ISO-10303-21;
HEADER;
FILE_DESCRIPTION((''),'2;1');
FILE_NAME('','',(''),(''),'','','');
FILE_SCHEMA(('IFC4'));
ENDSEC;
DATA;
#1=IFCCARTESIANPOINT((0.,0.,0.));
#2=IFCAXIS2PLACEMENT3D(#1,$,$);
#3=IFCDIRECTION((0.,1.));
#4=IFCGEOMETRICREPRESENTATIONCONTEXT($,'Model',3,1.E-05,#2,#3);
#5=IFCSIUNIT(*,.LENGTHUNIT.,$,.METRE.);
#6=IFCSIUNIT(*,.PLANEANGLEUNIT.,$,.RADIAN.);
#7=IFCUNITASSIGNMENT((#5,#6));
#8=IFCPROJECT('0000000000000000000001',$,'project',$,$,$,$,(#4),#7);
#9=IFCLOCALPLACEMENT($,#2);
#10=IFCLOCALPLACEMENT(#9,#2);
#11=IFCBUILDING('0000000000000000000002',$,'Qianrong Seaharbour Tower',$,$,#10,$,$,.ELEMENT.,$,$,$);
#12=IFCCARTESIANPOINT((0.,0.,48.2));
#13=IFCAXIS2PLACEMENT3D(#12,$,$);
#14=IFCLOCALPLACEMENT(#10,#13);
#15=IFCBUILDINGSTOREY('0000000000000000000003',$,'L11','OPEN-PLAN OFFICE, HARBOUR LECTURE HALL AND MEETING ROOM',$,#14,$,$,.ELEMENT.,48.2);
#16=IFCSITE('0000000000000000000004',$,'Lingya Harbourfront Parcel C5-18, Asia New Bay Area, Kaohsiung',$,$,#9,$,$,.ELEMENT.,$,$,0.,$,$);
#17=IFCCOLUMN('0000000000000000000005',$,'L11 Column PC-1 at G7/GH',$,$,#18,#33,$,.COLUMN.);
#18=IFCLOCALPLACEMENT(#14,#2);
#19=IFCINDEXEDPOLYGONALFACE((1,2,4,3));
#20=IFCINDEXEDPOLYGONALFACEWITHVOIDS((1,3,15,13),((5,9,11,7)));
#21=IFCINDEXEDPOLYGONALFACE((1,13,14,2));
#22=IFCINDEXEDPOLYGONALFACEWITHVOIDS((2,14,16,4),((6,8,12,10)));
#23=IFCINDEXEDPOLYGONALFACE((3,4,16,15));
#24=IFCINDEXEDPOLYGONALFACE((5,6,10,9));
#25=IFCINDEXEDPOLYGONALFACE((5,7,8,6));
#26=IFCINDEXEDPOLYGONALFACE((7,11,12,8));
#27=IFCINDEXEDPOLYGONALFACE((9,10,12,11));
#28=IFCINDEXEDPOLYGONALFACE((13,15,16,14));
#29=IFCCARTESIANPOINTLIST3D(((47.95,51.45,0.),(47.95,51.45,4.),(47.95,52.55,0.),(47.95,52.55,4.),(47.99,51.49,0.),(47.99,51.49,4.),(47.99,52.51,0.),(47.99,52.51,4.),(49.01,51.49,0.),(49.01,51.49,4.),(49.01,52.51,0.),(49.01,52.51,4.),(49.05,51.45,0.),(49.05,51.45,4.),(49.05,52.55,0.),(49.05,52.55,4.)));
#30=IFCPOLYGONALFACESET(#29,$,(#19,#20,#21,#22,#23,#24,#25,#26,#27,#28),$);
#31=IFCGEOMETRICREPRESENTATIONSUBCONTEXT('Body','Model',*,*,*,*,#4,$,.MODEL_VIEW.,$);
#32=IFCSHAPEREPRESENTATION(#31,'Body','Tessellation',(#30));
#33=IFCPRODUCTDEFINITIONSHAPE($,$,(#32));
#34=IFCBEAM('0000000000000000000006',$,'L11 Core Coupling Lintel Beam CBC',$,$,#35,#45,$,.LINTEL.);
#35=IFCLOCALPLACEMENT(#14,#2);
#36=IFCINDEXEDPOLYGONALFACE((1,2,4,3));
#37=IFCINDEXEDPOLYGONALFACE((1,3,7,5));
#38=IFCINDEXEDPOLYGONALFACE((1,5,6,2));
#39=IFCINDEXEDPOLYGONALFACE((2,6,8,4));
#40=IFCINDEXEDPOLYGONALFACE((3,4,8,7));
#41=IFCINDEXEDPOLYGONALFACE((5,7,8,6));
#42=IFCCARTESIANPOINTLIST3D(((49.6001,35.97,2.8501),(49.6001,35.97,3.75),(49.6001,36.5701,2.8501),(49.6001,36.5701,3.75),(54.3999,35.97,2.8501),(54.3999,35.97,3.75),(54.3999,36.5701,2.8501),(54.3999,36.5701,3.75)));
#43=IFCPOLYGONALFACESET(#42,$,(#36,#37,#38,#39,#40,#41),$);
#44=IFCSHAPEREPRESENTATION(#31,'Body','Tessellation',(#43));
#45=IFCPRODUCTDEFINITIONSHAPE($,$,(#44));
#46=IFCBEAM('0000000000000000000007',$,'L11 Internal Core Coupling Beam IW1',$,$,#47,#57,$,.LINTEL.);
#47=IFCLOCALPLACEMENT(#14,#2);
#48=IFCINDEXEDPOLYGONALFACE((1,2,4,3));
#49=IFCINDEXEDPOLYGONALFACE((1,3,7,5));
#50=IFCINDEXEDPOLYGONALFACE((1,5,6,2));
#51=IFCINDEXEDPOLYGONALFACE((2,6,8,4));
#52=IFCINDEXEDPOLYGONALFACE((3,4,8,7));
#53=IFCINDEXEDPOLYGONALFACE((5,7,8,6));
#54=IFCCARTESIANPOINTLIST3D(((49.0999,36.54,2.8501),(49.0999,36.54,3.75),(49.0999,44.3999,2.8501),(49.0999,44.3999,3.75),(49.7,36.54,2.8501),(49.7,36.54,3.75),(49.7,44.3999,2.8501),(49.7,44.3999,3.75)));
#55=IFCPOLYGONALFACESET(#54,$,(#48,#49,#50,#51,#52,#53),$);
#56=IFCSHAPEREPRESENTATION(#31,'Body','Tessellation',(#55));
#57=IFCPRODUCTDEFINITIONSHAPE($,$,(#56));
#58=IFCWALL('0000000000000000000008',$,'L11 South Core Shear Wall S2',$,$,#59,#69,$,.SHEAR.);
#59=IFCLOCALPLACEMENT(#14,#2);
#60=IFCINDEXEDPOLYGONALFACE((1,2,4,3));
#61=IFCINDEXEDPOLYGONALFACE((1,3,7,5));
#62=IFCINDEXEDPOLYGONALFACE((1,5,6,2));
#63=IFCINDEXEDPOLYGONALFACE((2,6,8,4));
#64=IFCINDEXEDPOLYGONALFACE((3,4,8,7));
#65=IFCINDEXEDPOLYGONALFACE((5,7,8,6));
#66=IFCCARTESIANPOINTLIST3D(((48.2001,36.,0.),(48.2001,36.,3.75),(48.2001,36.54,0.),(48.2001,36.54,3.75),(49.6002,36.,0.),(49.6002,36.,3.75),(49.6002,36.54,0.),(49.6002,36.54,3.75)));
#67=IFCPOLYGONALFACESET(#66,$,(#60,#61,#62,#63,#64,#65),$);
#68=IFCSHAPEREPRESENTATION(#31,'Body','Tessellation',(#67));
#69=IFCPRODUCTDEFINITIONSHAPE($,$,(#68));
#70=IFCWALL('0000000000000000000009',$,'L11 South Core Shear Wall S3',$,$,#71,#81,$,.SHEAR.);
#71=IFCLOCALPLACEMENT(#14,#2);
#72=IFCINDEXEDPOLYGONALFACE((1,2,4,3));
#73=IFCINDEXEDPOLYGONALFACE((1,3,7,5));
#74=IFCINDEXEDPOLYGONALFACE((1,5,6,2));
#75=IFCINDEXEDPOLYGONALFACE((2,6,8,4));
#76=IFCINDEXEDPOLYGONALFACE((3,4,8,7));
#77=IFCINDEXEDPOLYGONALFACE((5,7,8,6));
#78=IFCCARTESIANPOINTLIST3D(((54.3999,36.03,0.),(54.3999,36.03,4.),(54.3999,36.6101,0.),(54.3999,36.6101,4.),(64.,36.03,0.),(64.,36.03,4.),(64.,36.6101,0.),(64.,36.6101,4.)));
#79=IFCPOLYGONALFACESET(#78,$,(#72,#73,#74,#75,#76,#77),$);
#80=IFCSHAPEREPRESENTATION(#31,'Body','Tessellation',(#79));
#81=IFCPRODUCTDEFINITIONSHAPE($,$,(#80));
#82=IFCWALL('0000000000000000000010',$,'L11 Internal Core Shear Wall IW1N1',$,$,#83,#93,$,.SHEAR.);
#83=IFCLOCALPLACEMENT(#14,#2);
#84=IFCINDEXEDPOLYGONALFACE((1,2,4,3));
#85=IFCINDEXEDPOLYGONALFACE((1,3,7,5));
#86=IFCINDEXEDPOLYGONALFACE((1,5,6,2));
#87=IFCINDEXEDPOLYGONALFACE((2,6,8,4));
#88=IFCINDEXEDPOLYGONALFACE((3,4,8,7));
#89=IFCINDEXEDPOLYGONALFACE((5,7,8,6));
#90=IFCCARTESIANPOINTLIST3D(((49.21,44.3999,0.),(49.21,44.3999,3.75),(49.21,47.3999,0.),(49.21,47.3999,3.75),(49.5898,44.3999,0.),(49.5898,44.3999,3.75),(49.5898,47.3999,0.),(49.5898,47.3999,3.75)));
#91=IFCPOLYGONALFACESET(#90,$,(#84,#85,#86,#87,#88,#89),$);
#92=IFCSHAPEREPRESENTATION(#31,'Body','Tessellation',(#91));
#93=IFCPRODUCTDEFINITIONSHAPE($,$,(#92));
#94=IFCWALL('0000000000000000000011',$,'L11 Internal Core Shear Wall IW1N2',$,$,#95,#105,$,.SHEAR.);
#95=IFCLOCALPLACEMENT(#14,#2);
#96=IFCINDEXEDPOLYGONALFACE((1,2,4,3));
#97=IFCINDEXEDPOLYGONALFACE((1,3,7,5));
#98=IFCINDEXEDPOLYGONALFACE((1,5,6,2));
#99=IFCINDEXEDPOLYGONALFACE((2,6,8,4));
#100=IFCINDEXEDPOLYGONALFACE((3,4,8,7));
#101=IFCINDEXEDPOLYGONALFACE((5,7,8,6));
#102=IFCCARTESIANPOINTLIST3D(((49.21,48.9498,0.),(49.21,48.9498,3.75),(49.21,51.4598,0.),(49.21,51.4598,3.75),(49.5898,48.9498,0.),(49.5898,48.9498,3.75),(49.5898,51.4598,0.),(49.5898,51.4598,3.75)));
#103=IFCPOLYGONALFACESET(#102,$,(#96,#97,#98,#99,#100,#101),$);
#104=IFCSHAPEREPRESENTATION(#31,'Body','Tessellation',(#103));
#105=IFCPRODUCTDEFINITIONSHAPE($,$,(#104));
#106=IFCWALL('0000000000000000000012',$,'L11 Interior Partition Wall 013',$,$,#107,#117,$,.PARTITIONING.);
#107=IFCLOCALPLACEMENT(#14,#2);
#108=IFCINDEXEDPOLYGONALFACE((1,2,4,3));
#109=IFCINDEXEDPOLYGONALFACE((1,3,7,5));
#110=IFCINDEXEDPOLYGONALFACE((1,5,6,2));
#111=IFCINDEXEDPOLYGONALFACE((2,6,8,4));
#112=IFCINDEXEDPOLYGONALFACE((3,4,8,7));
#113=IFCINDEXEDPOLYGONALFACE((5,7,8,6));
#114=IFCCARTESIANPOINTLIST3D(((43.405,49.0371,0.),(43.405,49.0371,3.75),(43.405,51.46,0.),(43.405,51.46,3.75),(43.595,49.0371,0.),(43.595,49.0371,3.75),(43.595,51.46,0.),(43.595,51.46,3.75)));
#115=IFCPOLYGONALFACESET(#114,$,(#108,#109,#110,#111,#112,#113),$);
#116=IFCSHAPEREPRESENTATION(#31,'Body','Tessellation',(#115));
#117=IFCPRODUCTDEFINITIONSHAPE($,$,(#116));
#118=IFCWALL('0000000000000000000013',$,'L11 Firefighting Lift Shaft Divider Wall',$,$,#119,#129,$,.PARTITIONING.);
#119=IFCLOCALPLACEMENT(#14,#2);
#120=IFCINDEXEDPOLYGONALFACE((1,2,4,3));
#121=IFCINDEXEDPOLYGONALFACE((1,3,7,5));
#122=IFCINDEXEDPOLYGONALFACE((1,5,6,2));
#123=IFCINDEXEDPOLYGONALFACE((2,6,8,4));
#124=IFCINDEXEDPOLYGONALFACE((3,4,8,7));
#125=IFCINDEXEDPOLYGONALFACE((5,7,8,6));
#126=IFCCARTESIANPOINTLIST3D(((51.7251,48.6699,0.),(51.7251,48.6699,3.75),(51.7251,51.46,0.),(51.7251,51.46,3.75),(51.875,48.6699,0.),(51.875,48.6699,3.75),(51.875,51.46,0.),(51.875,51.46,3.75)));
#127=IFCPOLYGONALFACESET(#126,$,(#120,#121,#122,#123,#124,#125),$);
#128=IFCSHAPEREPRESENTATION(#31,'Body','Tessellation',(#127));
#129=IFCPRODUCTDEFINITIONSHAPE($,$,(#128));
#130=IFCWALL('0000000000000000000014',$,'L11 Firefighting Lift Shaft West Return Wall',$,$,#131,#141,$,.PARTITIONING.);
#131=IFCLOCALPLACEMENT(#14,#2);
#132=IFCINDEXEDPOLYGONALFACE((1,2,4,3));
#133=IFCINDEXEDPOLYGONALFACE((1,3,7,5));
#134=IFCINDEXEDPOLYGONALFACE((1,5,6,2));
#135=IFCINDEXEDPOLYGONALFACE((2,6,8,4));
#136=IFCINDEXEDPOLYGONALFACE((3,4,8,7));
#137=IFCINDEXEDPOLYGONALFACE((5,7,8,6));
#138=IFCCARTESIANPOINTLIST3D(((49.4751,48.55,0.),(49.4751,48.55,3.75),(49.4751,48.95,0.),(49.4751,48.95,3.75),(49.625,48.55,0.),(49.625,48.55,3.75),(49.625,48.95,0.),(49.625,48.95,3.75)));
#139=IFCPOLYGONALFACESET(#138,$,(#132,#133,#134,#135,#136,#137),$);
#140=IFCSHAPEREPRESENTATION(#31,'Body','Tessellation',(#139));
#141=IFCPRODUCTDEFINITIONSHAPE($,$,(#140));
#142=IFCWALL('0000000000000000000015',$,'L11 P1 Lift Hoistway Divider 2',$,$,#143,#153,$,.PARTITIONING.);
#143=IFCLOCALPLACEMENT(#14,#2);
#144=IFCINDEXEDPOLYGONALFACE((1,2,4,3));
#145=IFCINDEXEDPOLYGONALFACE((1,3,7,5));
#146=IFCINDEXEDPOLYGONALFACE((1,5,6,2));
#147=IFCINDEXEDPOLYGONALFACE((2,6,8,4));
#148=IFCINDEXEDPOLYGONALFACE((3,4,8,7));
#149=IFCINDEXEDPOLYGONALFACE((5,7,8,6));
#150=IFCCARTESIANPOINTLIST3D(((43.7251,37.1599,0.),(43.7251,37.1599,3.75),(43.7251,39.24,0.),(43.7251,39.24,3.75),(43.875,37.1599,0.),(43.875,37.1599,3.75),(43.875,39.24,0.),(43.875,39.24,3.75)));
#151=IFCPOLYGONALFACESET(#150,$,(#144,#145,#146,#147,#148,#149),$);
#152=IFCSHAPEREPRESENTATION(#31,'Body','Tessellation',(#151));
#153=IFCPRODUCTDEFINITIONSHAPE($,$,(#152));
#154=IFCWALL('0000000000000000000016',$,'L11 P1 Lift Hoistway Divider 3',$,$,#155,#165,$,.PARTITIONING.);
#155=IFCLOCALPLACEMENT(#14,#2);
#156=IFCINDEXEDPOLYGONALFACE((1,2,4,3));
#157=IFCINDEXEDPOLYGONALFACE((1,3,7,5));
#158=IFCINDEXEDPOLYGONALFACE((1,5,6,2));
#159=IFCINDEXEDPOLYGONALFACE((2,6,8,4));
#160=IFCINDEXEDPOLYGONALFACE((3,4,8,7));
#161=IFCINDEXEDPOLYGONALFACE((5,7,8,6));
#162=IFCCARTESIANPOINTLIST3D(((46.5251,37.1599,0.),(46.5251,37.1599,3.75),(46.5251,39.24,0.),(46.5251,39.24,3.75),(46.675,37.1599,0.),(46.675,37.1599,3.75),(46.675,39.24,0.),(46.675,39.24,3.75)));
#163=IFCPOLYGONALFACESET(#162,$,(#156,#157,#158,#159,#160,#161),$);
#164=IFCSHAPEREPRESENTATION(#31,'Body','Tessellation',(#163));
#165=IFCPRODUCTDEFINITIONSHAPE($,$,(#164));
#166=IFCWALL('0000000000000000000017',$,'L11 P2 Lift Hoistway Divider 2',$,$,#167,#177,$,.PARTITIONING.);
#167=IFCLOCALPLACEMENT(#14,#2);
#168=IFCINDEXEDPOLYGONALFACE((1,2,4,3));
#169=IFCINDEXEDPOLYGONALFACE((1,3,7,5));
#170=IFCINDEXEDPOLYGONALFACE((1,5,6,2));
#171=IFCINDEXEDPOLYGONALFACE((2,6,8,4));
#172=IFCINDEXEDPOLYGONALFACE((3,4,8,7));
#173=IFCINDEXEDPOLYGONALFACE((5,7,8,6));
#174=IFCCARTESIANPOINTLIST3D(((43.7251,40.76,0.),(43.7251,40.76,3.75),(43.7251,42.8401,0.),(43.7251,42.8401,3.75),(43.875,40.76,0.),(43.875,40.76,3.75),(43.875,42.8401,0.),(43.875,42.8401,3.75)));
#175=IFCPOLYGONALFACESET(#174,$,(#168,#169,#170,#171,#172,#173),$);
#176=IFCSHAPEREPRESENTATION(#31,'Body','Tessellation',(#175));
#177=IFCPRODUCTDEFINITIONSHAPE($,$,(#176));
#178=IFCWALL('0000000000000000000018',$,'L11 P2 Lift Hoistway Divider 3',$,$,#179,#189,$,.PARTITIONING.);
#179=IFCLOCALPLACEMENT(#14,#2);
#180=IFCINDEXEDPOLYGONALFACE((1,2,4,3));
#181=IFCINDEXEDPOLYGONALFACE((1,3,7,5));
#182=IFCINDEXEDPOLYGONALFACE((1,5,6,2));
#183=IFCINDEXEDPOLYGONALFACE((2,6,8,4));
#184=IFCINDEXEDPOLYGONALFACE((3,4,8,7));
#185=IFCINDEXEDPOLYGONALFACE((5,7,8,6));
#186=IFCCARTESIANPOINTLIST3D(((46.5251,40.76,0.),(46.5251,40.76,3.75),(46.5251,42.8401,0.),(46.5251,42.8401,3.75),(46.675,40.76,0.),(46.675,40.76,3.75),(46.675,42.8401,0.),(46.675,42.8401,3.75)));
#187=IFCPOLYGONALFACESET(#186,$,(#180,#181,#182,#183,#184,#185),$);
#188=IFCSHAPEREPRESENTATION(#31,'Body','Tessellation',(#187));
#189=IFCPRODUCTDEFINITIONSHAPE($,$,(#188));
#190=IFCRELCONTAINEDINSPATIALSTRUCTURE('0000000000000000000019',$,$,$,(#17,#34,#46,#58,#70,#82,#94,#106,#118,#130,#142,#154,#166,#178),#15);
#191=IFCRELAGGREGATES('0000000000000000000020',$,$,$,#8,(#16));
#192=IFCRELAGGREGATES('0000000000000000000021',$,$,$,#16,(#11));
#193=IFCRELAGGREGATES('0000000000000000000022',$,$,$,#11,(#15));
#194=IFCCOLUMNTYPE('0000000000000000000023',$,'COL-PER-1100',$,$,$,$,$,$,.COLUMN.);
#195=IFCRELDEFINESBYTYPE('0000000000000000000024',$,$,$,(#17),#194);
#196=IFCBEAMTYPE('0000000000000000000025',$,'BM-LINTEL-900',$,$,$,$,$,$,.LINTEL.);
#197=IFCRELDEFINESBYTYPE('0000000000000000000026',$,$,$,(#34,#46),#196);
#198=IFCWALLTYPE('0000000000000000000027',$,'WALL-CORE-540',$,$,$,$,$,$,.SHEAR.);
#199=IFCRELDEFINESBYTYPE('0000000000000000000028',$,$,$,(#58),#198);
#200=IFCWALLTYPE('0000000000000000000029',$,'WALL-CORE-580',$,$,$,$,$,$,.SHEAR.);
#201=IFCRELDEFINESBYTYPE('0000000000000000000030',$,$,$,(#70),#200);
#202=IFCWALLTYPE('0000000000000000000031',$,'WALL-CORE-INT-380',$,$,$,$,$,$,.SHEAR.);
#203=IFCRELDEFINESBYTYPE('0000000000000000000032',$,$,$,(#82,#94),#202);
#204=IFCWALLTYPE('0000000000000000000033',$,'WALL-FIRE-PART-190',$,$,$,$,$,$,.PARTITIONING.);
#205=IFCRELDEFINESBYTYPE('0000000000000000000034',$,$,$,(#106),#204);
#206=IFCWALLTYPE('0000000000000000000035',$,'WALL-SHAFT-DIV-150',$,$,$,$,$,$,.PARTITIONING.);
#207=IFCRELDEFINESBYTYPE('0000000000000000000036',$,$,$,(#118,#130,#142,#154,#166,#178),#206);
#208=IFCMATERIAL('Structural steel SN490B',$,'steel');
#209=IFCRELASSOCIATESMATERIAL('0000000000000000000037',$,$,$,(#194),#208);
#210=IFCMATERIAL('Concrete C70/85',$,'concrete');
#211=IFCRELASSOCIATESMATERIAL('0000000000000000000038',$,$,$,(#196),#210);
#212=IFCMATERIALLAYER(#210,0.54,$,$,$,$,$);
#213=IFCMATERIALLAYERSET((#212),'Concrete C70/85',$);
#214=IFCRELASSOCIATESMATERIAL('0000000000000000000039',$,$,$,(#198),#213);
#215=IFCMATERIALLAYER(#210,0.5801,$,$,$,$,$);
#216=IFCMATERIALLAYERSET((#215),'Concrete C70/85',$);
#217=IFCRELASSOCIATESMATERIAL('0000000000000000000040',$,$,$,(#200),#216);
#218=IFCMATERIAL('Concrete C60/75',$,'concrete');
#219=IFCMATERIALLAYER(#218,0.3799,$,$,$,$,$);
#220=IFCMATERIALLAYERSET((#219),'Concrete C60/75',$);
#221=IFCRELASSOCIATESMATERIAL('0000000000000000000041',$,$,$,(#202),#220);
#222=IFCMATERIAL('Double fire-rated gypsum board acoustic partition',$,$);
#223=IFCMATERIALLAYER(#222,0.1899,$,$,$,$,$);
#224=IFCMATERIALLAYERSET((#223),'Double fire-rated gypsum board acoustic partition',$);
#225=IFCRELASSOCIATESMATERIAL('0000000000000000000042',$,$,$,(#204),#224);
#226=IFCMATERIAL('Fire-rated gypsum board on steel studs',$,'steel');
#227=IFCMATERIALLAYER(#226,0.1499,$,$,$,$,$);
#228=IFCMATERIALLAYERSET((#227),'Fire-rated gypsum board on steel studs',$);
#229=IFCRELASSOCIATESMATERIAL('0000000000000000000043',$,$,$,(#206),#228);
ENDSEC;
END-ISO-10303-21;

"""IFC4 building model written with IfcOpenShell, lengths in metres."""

from ifc_helpers import new_model, si_unit, direction, frame, frame_2d, origin, origin_2d, place, context, subcontext, project, spatial, rectangle, hollow_rectangle, extrude, material, layer, layer_set, material_profile, profile_set, type_object, element, save


model = new_model("IFC4")

# Units and contexts
model_context = context("Model", 3, precision=1e-05, world=origin(), true_north=direction((0.0, 1.0)))
body_context = subcontext(model_context, "Body", "Model", "MODEL_VIEW")
ifc_project = project(units=[si_unit("LENGTHUNIT", "METRE"), si_unit("PLANEANGLEUNIT", "RADIAN")], contexts=[model_context])

# Site, building, storey
site_placement = place(None, origin())
site = spatial("IfcSite", under=ifc_project, at=site_placement, Name="Lingya Harbourfront Parcel C5-18, Asia New Bay Area, Kaohsiung", CompositionType="ELEMENT", RefElevation=0.0)
building_placement = place(site_placement, origin())
building = spatial("IfcBuilding", under=site, at=building_placement, Name="Qianrong Seaharbour Tower", CompositionType="ELEMENT")
storey_placement = place(building_placement, frame((0.0, 0.0, 48.2)))
storey = spatial("IfcBuildingStorey", under=building, at=storey_placement, Name="L11", Description="OPEN-PLAN OFFICE, HARBOUR LECTURE HALL AND MEETING ROOM", CompositionType="ELEMENT", Elevation=48.2)

# Column
ifc_material_1 = material(Name="Structural steel SN490B", Category="steel")
ifc_material_profile_1 = material_profile(ifc_material_1, hollow_rectangle(XDim=1.1001, YDim=1.1001, WallThickness=0.04, at=origin_2d()), Name="BOX1100x1100x40")
ifc_profile_set_1 = profile_set([ifc_material_profile_1], Name="Structural steel SN490B")
column_type = type_object("IfcColumnType", Name="COL-PER-1100", PredefinedType="COLUMN", material=ifc_profile_set_1)
column_placement = place(storey_placement, frame((48.5, 52.0, 0.0), z_axis=(0.0, 0.0, 1.0), x_axis=(1.0, 0.0, 0.0)))
element("IfcColumn", 1, at=column_placement, inside=storey, type_object=column_type, Name="L11 Column PC-1 at G7/GH", PredefinedType="COLUMN", context=body_context, shape_type="SweptSolid", body=[
    extrude(hollow_rectangle(XDim=1.1001, YDim=1.1001, WallThickness=0.04, at=origin_2d()), origin(), (0.0, 0.0, 1.0), 4.0),
])

# Beams
ifc_material_2 = material(Name="Concrete C70/85", Category="concrete")
ifc_material_profile_2 = material_profile(ifc_material_2, rectangle(XDim=0.6001, YDim=0.8999, at=origin_2d()), Name="RC600x900")
ifc_profile_set_2 = profile_set([ifc_material_profile_2], Name="Concrete C70/85")
beam_type = type_object("IfcBeamType", Name="BM-LINTEL-900", PredefinedType="LINTEL", material=ifc_profile_set_2)
beam_1_placement = place(storey_placement, frame((49.6001, 36.27, 3.3), z_axis=(1.0, 0.0, 0.0), x_axis=(0.0, 1.0, 0.0)))
element("IfcBeam", 2, at=beam_1_placement, inside=storey, type_object=beam_type, Name="L11 Core Coupling Lintel Beam CBC", PredefinedType="LINTEL", context=body_context, shape_type="SweptSolid", body=[
    extrude(rectangle(XDim=0.6001, YDim=0.8999, at=origin_2d()), origin(), (0.0, 0.0, 1.0), 4.7998),
])
beam_2_placement = place(storey_placement, frame((49.3999, 36.54, 3.3), z_axis=(0.0, 1.0, 0.0), x_axis=(-1.0, 0.0, 0.0)))
element("IfcBeam", 3, at=beam_2_placement, inside=storey, type_object=beam_type, Name="L11 Internal Core Coupling Beam IW1", PredefinedType="LINTEL", context=body_context, shape_type="SweptSolid", body=[
    extrude(rectangle(XDim=0.6001, YDim=0.8999, at=origin_2d()), origin(), (0.0, 0.0, 1.0), 7.8599),
])

# Walls
ifc_layer_1 = layer(ifc_material_2, 0.54)
ifc_layer_set_1 = layer_set([ifc_layer_1], Name="Concrete C70/85")
wall_type_1 = type_object("IfcWallType", Name="WALL-CORE-540", PredefinedType="SHEAR", material=ifc_layer_set_1)
wall_1_placement = place(storey_placement, frame((48.2, 36.27, 0.0), z_axis=(0.0, 0.0, 1.0), x_axis=(1.0, 0.0, 0.0)))
element("IfcWall", 4, at=wall_1_placement, inside=storey, type_object=wall_type_1, Name="L11 South Core Shear Wall S2", PredefinedType="SHEAR", context=body_context, shape_type="SweptSolid", body=[
    extrude(rectangle(XDim=1.4001, YDim=0.54, at=frame_2d((0.7002, 0.0))), origin(), (0.0, 0.0, 1.0), 3.75),
])
ifc_layer_2 = layer(ifc_material_2, 0.5801)
ifc_layer_set_2 = layer_set([ifc_layer_2], Name="Concrete C70/85")
wall_type_2 = type_object("IfcWallType", Name="WALL-CORE-580", PredefinedType="SHEAR", material=ifc_layer_set_2)
wall_2_placement = place(storey_placement, frame((54.3999, 36.3201, 0.0), z_axis=(0.0, 0.0, 1.0), x_axis=(1.0, 0.0, 0.0)))
element("IfcWall", 5, at=wall_2_placement, inside=storey, type_object=wall_type_2, Name="L11 South Core Shear Wall S3", PredefinedType="SHEAR", context=body_context, shape_type="SweptSolid", body=[
    extrude(rectangle(XDim=9.6001, YDim=0.5801, at=frame_2d((4.8, 0.0))), origin(), (0.0, 0.0, 1.0), 4.0),
])
ifc_material_3 = material(Name="Concrete C60/75", Category="concrete")
ifc_layer_3 = layer(ifc_material_3, 0.3799)
ifc_layer_set_3 = layer_set([ifc_layer_3], Name="Concrete C60/75")
wall_type_3 = type_object("IfcWallType", Name="WALL-CORE-INT-380", PredefinedType="SHEAR", material=ifc_layer_set_3)
wall_3_placement = place(storey_placement, frame((49.3999, 44.3999, 0.0), z_axis=(0.0, 0.0, 1.0), x_axis=(0.0, 1.0, 0.0)))
element("IfcWall", 6, at=wall_3_placement, inside=storey, type_object=wall_type_3, Name="L11 Internal Core Shear Wall IW1N1", PredefinedType="SHEAR", context=body_context, shape_type="SweptSolid", body=[
    extrude(rectangle(XDim=3.0, YDim=0.3799, at=frame_2d((1.5, 0.0))), origin(), (0.0, 0.0, 1.0), 3.75),
])
wall_4_placement = place(storey_placement, frame((49.3999, 48.95, 0.0), z_axis=(0.0, 0.0, 1.0), x_axis=(0.0, 1.0, 0.0)))
element("IfcWall", 7, at=wall_4_placement, inside=storey, type_object=wall_type_3, Name="L11 Internal Core Shear Wall IW1N2", PredefinedType="SHEAR", context=body_context, shape_type="SweptSolid", body=[
    extrude(rectangle(XDim=2.51, YDim=0.3799, at=frame_2d((1.2549, 0.0))), origin(), (0.0, 0.0, 1.0), 3.75),
])
ifc_material_4 = material(Name="Double fire-rated gypsum board acoustic partition")
ifc_layer_4 = layer(ifc_material_4, 0.1899)
ifc_layer_set_4 = layer_set([ifc_layer_4], Name="Double fire-rated gypsum board acoustic partition")
wall_type_4 = type_object("IfcWallType", Name="WALL-FIRE-PART-190", PredefinedType="PARTITIONING", material=ifc_layer_set_4)
wall_5_placement = place(storey_placement, frame((43.5, 51.46, 0.0), z_axis=(0.0, 0.0, 1.0), x_axis=(0.0, -1.0, 0.0)))
element("IfcWall", 8, at=wall_5_placement, inside=storey, type_object=wall_type_4, Name="L11 Interior Partition Wall 013", PredefinedType="PARTITIONING", context=body_context, shape_type="SweptSolid", body=[
    extrude(rectangle(XDim=2.4229, YDim=0.1899, at=frame_2d((1.2114, 0.0))), origin(), (0.0, 0.0, 1.0), 3.75),
])
ifc_material_5 = material(Name="Fire-rated gypsum board on steel studs", Category="steel")
ifc_layer_5 = layer(ifc_material_5, 0.1499)
ifc_layer_set_5 = layer_set([ifc_layer_5], Name="Fire-rated gypsum board on steel studs")
wall_type_5 = type_object("IfcWallType", Name="WALL-SHAFT-DIV-150", PredefinedType="PARTITIONING", material=ifc_layer_set_5)
wall_6_placement = place(storey_placement, frame((51.8, 48.6699, 0.0), z_axis=(0.0, 0.0, 1.0), x_axis=(0.0, 1.0, 0.0)))
element("IfcWall", 9, at=wall_6_placement, inside=storey, type_object=wall_type_5, Name="L11 Firefighting Lift Shaft Divider Wall", PredefinedType="PARTITIONING", context=body_context, shape_type="SweptSolid", body=[
    extrude(rectangle(XDim=2.79, YDim=0.1499, at=frame_2d((1.395, 0.0))), origin(), (0.0, 0.0, 1.0), 3.75),
])
wall_7_placement = place(storey_placement, frame((49.55, 48.55, 0.0), z_axis=(0.0, 0.0, 1.0), x_axis=(0.0, 1.0, 0.0)))
element("IfcWall", 10, at=wall_7_placement, inside=storey, type_object=wall_type_5, Name="L11 Firefighting Lift Shaft West Return Wall", PredefinedType="PARTITIONING", context=body_context, shape_type="SweptSolid", body=[
    extrude(rectangle(XDim=0.3999, YDim=0.1499, at=frame_2d((0.2, 0.0))), origin(), (0.0, 0.0, 1.0), 3.75),
])
for number, where, z_axis, x_axis, name in (
    (11, (43.8, 37.1599, 0.0), (0.0, 0.0, 1.0), (0.0, 1.0, 0.0), "L11 P1 Lift Hoistway Divider 2"),
    (12, (46.6001, 37.1599, 0.0), (0.0, 0.0, 1.0), (0.0, 1.0, 0.0), "L11 P1 Lift Hoistway Divider 3"),
    (13, (43.8, 40.76, 0.0), (0.0, 0.0, 1.0), (0.0, 1.0, 0.0), "L11 P2 Lift Hoistway Divider 2"),
    (14, (46.6001, 40.76, 0.0), (0.0, 0.0, 1.0), (0.0, 1.0, 0.0), "L11 P2 Lift Hoistway Divider 3"),
):
    element("IfcWall", number, at=place(storey_placement, frame(where, z_axis=z_axis, x_axis=x_axis)), inside=storey, type_object=wall_type_5, Name=name, PredefinedType="PARTITIONING", context=body_context, shape_type="SweptSolid", body=[
        extrude(rectangle(XDim=2.0801, YDim=0.1499, at=frame_2d((1.04, 0.0))), origin(), (0.0, 0.0, 1.0), 3.75),
    ])

save(model, "model.ifc")
